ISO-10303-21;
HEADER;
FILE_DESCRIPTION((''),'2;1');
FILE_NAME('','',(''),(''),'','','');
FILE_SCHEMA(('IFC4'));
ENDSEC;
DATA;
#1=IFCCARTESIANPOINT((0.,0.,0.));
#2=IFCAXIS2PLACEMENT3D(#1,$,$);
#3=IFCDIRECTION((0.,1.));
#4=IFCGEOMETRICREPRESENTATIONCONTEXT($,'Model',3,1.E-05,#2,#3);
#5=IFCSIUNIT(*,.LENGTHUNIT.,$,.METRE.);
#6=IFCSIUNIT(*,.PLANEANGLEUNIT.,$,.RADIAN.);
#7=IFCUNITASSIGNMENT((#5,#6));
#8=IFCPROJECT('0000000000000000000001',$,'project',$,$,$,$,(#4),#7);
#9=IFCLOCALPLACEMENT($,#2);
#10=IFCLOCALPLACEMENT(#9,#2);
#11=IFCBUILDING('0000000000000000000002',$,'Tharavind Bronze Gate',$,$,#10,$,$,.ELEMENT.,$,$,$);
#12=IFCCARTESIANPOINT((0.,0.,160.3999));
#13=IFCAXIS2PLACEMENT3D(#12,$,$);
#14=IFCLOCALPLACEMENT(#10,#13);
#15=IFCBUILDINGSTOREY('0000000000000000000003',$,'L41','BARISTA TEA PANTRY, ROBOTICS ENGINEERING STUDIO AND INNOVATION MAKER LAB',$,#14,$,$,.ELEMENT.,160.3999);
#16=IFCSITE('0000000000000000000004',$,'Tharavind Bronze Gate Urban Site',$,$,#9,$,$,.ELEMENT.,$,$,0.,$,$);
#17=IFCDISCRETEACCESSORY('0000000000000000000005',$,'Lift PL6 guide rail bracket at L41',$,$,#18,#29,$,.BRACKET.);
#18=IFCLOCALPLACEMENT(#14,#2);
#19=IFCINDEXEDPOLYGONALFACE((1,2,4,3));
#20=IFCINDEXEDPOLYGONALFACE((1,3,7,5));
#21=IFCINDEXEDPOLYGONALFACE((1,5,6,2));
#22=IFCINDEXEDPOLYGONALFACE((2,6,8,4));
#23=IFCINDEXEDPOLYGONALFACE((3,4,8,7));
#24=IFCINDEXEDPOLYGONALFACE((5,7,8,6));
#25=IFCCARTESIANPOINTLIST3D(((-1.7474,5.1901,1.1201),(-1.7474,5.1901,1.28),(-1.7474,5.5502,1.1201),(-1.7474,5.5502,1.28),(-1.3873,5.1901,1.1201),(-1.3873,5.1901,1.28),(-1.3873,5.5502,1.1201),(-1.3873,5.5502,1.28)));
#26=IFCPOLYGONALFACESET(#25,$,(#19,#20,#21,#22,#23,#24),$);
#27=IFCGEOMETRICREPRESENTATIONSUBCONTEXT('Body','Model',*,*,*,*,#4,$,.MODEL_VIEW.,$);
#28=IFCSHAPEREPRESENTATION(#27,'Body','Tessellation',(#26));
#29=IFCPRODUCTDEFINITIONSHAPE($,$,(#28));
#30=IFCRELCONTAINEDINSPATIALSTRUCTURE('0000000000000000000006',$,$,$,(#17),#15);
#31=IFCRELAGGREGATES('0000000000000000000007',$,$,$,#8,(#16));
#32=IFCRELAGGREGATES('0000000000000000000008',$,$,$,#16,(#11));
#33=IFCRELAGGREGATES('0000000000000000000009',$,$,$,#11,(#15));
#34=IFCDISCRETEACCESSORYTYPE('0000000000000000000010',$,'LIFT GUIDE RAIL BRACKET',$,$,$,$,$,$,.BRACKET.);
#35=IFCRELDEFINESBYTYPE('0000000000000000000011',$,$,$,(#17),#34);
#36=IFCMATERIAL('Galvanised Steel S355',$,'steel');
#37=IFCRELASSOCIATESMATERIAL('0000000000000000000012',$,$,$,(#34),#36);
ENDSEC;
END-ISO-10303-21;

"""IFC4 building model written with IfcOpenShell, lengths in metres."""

from ifc_helpers import new_model, si_unit, direction, frame, origin, origin_2d, place, context, subcontext, project, spatial, rectangle, extrude, material, type_object, element, save


model = new_model("IFC4")

# Units and contexts
model_context = context("Model", 3, precision=1e-05, world=origin(), true_north=direction((0.0, 1.0)))
body_context = subcontext(model_context, "Body", "Model", "MODEL_VIEW")
ifc_project = project(units=[si_unit("LENGTHUNIT", "METRE"), si_unit("PLANEANGLEUNIT", "RADIAN")], contexts=[model_context])

# Site, building, storey
site_placement = place(None, origin())
site = spatial("IfcSite", under=ifc_project, at=site_placement, Name="Tharavind Bronze Gate Urban Site", CompositionType="ELEMENT", RefElevation=0.0)
building_placement = place(site_placement, origin())
building = spatial("IfcBuilding", under=site, at=building_placement, Name="Tharavind Bronze Gate", CompositionType="ELEMENT")
storey_placement = place(building_placement, frame((0.0, 0.0, 160.3999)))
storey = spatial("IfcBuildingStorey", under=building, at=storey_placement, Name="L41", Description="BARISTA TEA PANTRY, ROBOTICS ENGINEERING STUDIO AND INNOVATION MAKER LAB", CompositionType="ELEMENT", Elevation=160.3999)

# Discrete accessory
ifc_material_1 = material(Name="Galvanised Steel S355", Category="steel")
discrete_accessory_type = type_object("IfcDiscreteAccessoryType", Name="LIFT GUIDE RAIL BRACKET", PredefinedType="BRACKET", material=ifc_material_1)
for number, where, z_axis, x_axis, name in (
    (1, (-1.5674, 5.3701, 1.1201), (0.0, 0.0, 1.0), (1.0, 0.0, 0.0), "Lift PL6 guide rail bracket at L41"),
):
    element("IfcDiscreteAccessory", number, at=place(storey_placement, frame(where, z_axis=z_axis, x_axis=x_axis)), inside=storey, type_object=discrete_accessory_type, Name=name, PredefinedType="BRACKET", context=body_context, shape_type="SweptSolid", body=[
        extrude(rectangle(XDim=0.3601, YDim=0.3601, at=origin_2d()), origin(), (0.0, 0.0, 1.0), 0.1599),
    ])

save(model, "model.ifc")
